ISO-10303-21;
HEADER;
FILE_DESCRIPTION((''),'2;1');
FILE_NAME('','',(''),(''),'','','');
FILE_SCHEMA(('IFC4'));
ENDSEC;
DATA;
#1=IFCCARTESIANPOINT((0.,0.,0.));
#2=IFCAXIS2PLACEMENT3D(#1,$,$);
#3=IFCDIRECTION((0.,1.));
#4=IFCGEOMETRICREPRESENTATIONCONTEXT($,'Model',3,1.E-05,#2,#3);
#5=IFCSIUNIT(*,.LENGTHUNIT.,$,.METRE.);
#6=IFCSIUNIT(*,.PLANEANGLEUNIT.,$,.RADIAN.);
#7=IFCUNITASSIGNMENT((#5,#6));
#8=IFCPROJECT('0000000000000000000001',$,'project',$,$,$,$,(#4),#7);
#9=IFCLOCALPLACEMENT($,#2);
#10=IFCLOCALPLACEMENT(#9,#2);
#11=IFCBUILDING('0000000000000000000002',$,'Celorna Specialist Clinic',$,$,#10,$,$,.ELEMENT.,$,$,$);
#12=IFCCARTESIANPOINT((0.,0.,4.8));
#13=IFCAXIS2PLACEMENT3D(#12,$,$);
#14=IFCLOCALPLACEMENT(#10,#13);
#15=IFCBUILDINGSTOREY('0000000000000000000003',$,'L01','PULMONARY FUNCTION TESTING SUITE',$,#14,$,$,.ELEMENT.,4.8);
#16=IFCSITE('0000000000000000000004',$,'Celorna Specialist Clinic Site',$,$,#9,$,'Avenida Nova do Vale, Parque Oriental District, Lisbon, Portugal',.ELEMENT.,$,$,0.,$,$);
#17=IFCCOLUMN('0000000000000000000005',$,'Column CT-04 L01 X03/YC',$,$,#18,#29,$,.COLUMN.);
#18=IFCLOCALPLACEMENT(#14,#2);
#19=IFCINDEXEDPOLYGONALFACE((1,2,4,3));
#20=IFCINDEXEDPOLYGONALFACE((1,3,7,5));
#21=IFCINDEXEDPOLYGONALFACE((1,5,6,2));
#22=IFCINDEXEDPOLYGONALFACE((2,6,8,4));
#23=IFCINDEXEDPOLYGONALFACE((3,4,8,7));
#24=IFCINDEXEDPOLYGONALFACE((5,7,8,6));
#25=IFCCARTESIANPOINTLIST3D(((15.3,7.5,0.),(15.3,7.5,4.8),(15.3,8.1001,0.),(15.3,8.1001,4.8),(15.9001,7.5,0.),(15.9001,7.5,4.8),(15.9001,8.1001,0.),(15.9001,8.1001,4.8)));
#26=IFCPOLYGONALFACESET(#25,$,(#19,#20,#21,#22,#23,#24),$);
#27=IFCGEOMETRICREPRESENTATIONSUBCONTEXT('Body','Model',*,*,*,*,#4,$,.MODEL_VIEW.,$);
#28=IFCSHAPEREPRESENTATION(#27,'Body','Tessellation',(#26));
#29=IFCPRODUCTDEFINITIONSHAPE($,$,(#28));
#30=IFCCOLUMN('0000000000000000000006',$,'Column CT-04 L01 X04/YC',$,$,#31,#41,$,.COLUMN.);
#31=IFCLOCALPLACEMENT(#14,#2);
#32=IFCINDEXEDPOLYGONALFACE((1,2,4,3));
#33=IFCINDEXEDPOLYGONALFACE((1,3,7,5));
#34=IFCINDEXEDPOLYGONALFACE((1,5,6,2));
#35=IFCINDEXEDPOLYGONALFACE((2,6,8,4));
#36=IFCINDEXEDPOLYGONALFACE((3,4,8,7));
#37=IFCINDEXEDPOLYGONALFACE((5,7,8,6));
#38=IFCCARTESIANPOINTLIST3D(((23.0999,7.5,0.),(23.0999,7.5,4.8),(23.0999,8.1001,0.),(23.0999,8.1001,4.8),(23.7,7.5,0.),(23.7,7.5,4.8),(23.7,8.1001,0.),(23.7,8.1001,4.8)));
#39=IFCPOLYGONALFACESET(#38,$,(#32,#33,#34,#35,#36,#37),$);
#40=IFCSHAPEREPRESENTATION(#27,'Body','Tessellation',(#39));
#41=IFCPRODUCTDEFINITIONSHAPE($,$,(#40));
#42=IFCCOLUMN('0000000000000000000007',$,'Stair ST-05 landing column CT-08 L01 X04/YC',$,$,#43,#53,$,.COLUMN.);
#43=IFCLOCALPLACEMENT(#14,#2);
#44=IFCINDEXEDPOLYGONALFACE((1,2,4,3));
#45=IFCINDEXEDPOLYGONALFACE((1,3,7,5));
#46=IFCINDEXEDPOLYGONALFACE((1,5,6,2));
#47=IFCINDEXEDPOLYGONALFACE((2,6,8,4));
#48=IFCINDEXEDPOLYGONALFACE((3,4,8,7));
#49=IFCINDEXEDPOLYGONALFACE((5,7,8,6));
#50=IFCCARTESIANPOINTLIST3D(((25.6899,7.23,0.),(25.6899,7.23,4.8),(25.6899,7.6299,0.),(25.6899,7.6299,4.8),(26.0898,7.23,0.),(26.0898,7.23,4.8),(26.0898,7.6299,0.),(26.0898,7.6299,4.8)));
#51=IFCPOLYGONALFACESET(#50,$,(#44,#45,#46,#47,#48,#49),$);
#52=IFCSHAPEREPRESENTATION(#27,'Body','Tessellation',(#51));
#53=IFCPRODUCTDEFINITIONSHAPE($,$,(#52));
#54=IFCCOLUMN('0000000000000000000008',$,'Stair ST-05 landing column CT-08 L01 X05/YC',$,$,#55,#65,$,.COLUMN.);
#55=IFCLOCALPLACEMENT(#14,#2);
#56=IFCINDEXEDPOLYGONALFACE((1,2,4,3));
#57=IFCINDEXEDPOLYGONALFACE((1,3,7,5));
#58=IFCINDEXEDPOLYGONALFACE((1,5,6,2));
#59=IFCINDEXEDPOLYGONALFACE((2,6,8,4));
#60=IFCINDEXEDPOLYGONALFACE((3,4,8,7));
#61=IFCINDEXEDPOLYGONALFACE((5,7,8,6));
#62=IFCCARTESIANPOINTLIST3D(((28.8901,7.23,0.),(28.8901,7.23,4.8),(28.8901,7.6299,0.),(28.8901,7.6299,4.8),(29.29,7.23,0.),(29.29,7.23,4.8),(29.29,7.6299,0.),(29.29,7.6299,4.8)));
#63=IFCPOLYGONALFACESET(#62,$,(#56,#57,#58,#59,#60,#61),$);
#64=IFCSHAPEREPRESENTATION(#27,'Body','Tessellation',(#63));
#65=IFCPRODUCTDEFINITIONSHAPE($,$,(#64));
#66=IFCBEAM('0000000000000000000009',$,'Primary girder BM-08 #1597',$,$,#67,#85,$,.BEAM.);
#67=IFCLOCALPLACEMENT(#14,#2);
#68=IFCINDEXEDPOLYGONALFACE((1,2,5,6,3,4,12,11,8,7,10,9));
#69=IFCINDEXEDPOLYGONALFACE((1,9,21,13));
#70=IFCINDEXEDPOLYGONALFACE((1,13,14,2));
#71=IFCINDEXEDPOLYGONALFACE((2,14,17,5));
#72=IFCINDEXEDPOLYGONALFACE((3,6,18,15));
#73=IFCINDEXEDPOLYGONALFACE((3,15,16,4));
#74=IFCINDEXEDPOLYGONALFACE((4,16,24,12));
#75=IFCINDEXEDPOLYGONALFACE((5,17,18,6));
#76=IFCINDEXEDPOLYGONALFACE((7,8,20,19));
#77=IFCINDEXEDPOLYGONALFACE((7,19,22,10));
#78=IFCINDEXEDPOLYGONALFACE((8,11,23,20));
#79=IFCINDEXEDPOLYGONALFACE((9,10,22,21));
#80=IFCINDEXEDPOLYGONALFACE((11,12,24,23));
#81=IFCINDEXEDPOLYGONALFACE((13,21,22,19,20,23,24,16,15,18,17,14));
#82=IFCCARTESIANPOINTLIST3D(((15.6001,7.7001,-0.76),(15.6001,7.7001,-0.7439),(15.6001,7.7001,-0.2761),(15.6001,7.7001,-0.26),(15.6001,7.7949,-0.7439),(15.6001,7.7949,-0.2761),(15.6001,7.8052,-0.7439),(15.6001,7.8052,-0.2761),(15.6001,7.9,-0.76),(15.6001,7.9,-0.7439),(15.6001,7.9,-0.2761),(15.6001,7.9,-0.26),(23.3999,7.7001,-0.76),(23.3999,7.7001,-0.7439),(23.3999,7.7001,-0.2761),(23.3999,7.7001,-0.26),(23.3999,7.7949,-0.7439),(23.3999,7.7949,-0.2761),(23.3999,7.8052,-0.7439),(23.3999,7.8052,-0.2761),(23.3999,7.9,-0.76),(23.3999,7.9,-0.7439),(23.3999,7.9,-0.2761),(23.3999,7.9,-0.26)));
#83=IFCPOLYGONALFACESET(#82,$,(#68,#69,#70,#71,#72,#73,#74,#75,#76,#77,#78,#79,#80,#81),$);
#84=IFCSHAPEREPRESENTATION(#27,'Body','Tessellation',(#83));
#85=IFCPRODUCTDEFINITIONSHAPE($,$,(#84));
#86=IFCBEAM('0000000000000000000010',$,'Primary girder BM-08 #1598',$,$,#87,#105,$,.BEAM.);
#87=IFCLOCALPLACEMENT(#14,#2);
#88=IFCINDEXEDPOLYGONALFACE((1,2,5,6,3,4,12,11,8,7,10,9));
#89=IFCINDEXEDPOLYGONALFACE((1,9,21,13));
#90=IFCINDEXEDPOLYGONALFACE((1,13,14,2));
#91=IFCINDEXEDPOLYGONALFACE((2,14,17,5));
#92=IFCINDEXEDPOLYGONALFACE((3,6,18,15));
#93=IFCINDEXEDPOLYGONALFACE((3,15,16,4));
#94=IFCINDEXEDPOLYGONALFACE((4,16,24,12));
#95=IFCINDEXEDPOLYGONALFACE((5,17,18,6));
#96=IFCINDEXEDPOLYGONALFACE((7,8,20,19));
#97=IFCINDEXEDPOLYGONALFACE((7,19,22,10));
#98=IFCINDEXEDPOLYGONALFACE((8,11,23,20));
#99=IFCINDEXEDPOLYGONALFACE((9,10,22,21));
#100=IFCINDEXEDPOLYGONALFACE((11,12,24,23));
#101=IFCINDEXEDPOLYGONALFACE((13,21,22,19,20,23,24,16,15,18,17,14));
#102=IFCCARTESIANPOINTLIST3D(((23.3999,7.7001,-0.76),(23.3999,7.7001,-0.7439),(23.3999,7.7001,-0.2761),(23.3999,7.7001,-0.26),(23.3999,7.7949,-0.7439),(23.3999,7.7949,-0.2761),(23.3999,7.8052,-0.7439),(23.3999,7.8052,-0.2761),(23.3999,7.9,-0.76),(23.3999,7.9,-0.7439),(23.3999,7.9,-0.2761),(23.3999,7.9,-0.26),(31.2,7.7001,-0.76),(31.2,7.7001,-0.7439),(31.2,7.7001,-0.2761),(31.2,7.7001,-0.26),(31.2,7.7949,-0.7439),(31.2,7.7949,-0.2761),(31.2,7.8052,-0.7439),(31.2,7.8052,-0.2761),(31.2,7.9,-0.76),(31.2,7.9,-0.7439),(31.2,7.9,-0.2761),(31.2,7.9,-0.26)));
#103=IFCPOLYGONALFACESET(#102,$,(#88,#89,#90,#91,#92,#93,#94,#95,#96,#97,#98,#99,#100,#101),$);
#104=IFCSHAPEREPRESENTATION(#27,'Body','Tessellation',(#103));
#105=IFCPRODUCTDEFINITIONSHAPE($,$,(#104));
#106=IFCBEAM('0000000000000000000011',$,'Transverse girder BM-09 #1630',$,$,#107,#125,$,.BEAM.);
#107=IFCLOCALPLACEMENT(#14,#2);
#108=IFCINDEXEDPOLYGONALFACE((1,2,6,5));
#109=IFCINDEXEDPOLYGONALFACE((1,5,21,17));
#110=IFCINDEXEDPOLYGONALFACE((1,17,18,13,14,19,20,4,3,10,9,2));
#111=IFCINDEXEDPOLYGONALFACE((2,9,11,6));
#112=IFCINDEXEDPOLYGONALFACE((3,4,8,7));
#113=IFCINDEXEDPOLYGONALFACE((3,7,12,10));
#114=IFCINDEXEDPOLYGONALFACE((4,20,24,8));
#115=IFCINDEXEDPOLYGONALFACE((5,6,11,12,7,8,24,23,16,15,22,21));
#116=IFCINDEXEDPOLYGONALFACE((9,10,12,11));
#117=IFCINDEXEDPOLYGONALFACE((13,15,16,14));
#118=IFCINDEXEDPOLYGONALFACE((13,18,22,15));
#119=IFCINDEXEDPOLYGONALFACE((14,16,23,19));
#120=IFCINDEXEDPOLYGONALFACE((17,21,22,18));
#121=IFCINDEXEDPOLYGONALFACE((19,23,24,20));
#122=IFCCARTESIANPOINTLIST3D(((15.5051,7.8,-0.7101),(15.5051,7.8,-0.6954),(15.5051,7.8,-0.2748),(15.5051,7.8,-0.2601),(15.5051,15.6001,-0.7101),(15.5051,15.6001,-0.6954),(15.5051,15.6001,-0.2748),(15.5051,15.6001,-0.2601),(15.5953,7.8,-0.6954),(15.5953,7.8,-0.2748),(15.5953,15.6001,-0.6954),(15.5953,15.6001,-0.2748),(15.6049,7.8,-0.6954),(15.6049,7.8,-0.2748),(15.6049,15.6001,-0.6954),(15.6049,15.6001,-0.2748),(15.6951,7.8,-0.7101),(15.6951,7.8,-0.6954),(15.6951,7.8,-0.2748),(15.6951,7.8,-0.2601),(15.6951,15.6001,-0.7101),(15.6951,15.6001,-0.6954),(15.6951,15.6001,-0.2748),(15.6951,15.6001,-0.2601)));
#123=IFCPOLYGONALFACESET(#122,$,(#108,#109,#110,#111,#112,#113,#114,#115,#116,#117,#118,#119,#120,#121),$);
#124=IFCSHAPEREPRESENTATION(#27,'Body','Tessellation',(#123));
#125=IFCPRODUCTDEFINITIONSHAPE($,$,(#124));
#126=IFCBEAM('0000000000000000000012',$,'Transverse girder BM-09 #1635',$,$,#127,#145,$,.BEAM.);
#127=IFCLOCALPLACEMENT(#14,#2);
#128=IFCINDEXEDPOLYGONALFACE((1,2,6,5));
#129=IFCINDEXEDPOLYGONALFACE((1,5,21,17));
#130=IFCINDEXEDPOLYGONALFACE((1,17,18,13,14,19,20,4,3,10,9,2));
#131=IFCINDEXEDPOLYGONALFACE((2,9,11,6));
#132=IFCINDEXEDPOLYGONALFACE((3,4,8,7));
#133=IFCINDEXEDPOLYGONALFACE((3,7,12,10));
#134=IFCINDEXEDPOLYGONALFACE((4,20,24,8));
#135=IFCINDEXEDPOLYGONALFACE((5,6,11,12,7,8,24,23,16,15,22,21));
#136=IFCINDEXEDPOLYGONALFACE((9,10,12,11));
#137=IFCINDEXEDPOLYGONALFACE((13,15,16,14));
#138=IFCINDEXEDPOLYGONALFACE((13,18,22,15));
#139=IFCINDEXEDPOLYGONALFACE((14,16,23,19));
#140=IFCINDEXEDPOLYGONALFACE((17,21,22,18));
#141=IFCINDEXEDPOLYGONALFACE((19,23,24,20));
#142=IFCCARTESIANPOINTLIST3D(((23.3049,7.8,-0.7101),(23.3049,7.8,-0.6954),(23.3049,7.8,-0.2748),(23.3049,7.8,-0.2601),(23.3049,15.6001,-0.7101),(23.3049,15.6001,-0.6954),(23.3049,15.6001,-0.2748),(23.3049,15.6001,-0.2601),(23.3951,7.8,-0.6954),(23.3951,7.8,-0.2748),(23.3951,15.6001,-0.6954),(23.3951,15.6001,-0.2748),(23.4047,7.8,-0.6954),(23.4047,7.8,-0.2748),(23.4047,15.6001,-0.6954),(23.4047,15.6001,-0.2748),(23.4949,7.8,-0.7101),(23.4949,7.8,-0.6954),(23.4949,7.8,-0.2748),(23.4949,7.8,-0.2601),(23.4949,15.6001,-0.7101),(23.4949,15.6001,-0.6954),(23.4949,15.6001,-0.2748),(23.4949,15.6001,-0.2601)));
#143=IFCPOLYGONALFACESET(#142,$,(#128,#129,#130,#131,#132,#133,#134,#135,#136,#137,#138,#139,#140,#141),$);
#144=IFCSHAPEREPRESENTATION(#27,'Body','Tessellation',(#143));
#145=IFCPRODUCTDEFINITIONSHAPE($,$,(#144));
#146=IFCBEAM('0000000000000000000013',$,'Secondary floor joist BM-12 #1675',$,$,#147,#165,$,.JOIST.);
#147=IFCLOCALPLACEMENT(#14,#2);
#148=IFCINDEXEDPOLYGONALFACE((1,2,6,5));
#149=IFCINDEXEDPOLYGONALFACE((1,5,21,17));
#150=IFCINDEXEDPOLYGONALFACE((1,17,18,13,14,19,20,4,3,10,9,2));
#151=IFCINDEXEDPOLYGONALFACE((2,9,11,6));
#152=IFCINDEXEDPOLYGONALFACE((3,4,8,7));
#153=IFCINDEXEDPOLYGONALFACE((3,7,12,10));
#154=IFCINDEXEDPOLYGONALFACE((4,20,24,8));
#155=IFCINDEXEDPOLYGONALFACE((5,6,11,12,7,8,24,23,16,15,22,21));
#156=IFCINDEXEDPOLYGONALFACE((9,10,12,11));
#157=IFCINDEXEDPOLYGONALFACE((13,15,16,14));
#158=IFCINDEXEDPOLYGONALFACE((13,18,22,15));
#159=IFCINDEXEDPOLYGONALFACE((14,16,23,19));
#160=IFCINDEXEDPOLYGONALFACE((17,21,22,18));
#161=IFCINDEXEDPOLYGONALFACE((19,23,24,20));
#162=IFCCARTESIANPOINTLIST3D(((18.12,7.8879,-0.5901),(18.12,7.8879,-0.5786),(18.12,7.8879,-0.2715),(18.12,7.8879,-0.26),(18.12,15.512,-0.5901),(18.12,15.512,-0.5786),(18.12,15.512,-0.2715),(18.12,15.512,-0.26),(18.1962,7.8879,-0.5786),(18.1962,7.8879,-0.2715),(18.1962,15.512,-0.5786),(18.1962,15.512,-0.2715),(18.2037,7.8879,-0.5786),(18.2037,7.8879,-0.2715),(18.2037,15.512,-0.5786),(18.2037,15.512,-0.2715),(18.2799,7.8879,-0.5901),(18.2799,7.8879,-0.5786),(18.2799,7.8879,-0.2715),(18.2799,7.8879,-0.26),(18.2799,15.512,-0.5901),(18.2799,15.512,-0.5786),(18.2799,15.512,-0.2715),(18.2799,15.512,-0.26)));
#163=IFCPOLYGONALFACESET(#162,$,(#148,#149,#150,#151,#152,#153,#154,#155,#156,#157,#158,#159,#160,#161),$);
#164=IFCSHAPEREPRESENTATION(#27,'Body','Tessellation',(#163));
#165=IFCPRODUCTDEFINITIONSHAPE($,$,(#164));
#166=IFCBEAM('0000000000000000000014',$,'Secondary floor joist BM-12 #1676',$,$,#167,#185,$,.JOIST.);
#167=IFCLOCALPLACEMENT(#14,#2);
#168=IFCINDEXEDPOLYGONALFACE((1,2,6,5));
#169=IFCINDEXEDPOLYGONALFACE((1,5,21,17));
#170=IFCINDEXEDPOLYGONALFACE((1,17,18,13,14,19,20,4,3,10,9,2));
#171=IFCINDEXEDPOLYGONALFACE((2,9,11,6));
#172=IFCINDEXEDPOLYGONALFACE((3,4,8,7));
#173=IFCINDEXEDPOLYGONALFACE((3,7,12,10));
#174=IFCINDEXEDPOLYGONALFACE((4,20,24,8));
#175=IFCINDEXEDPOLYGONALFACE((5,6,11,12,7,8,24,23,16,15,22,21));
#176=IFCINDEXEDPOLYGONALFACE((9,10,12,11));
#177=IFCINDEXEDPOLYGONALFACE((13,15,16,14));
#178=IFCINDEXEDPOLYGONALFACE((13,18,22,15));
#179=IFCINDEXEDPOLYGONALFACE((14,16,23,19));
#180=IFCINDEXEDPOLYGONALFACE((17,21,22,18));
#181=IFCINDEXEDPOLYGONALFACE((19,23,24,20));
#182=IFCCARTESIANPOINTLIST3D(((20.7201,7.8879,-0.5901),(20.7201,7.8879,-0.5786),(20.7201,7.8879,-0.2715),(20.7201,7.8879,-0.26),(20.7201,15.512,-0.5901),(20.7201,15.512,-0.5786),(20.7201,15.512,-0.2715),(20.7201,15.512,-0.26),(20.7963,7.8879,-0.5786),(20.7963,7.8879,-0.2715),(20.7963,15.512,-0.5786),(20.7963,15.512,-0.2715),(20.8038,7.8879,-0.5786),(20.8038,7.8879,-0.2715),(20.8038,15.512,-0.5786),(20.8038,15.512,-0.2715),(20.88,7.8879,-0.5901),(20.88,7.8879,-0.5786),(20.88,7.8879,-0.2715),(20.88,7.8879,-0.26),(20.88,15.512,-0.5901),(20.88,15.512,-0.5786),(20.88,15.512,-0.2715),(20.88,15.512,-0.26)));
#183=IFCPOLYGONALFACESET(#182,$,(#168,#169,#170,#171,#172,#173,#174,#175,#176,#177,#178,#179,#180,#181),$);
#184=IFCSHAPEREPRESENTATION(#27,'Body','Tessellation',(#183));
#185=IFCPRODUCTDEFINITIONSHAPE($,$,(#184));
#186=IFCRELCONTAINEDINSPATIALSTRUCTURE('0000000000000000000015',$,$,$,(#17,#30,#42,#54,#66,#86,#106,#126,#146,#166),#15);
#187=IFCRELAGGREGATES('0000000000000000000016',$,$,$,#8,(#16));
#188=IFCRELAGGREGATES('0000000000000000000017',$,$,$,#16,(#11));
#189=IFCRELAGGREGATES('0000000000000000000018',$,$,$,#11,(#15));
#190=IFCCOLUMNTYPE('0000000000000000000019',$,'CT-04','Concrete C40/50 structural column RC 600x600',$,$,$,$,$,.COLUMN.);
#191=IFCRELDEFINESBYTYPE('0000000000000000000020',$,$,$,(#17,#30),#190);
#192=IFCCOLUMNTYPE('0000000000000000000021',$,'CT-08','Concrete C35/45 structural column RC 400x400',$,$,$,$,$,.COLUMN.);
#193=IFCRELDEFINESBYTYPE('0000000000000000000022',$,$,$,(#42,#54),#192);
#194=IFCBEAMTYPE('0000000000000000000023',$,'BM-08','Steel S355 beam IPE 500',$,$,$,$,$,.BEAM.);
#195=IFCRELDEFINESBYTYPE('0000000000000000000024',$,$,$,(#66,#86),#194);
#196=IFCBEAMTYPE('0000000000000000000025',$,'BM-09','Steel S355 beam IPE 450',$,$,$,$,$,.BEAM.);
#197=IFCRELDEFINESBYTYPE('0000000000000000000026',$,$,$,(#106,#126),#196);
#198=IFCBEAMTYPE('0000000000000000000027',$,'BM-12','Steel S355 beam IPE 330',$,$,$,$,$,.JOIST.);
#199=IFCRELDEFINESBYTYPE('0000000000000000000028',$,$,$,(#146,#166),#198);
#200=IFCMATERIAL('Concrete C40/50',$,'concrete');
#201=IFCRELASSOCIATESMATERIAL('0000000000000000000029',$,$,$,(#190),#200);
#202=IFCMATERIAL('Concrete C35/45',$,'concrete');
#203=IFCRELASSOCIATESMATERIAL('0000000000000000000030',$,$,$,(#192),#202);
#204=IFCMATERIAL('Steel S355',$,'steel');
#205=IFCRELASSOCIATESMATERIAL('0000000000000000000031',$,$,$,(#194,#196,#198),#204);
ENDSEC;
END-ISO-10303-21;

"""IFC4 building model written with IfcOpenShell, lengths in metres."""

from ifc_helpers import new_model, si_unit, direction, frame, origin, origin_2d, place, context, subcontext, project, spatial, rectangle, i_section, extrude, material, material_profile, profile_set, type_object, element, save


model = new_model("IFC4")

# Units and contexts
model_context = context("Model", 3, precision=1e-05, world=origin(), true_north=direction((0.0, 1.0)))
body_context = subcontext(model_context, "Body", "Model", "MODEL_VIEW")
ifc_project = project(units=[si_unit("LENGTHUNIT", "METRE"), si_unit("PLANEANGLEUNIT", "RADIAN")], contexts=[model_context])

# Site, building, storey
site_placement = place(None, origin())
site = spatial("IfcSite", under=ifc_project, at=site_placement, Name="Celorna Specialist Clinic Site", LongName="Avenida Nova do Vale, Parque Oriental District, Lisbon, Portugal", CompositionType="ELEMENT", RefElevation=0.0)
building_placement = place(site_placement, origin())
building = spatial("IfcBuilding", under=site, at=building_placement, Name="Celorna Specialist Clinic", CompositionType="ELEMENT")
storey_placement = place(building_placement, frame((0.0, 0.0, 4.8)))
storey = spatial("IfcBuildingStorey", under=building, at=storey_placement, Name="L01", Description="PULMONARY FUNCTION TESTING SUITE", CompositionType="ELEMENT", Elevation=4.8)

# Columns
ifc_material_1 = material(Name="Concrete C40/50", Category="concrete")
ifc_material_profile_1 = material_profile(ifc_material_1, rectangle(XDim=0.6001, YDim=0.6001, at=origin_2d()), Name="RC 600x600")
ifc_profile_set_1 = profile_set([ifc_material_profile_1], Name="Concrete C40/50")
column_type_1 = type_object("IfcColumnType", Name="CT-04", Description="Concrete C40/50 structural column RC 600x600", PredefinedType="COLUMN", material=ifc_profile_set_1)
for number, where, z_axis, x_axis, name in (
    (1, (15.6001, 7.8, 0.0), (0.0, 0.0, 1.0), (1.0, 0.0, 0.0), "Column CT-04 L01 X03/YC"),
    (2, (23.3999, 7.8, 0.0), (0.0, 0.0, 1.0), (1.0, 0.0, 0.0), "Column CT-04 L01 X04/YC"),
):
    element("IfcColumn", number, at=place(storey_placement, frame(where, z_axis=z_axis, x_axis=x_axis)), inside=storey, type_object=column_type_1, Name=name, PredefinedType="COLUMN", context=body_context, shape_type="SweptSolid", body=[
        extrude(rectangle(XDim=0.6001, YDim=0.6001, at=origin_2d()), origin(), (0.0, 0.0, 1.0), 4.8),
    ])
ifc_material_2 = material(Name="Concrete C35/45", Category="concrete")
ifc_material_profile_2 = material_profile(ifc_material_2, rectangle(XDim=0.3999, YDim=0.3999, at=origin_2d()), Name="RC 400x400")
ifc_profile_set_2 = profile_set([ifc_material_profile_2], Name="Concrete C35/45")
column_type_2 = type_object("IfcColumnType", Name="CT-08", Description="Concrete C35/45 structural column RC 400x400", PredefinedType="COLUMN", material=ifc_profile_set_2)
for number, where, z_axis, x_axis, name in (
    (3, (25.8899, 7.4299, 0.0), (0.0, 0.0, 1.0), (1.0, 0.0, 0.0), "Stair ST-05 landing column CT-08 L01 X04/YC"),
    (4, (29.0901, 7.4299, 0.0), (0.0, 0.0, 1.0), (1.0, 0.0, 0.0), "Stair ST-05 landing column CT-08 L01 X05/YC"),
):
    element("IfcColumn", number, at=place(storey_placement, frame(where, z_axis=z_axis, x_axis=x_axis)), inside=storey, type_object=column_type_2, Name=name, PredefinedType="COLUMN", context=body_context, shape_type="SweptSolid", body=[
        extrude(rectangle(XDim=0.3999, YDim=0.3999, at=origin_2d()), origin(), (0.0, 0.0, 1.0), 4.8),
    ])

# Beams
ifc_material_3 = material(Name="Steel S355", Category="steel")
ifc_material_profile_3 = material_profile(ifc_material_3, i_section(OverallWidth=0.2, OverallDepth=0.5, WebThickness=0.0103, FlangeThickness=0.0161, at=origin_2d()), Name="IPE 500")
ifc_profile_set_3 = profile_set([ifc_material_profile_3], Name="Steel S355")
beam_type_1 = type_object("IfcBeamType", Name="BM-08", Description="Steel S355 beam IPE 500", PredefinedType="BEAM", material=ifc_profile_set_3)
beam_1_placement = place(storey_placement, frame((15.6001, 7.8, -0.51), z_axis=(1.0, 0.0, 0.0), x_axis=(0.0, 1.0, 0.0)))
element("IfcBeam", 5, at=beam_1_placement, inside=storey, type_object=beam_type_1, Name="Primary girder BM-08 #1597", PredefinedType="BEAM", context=body_context, shape_type="SweptSolid", body=[
    extrude(i_section(OverallWidth=0.2, OverallDepth=0.5, WebThickness=0.0103, FlangeThickness=0.0161, at=origin_2d()), origin(), (0.0, 0.0, 1.0), 7.7998),
])
beam_2_placement = place(storey_placement, frame((23.3999, 7.8, -0.51), z_axis=(1.0, 0.0, 0.0), x_axis=(0.0, 1.0, 0.0)))
element("IfcBeam", 6, at=beam_2_placement, inside=storey, type_object=beam_type_1, Name="Primary girder BM-08 #1598", PredefinedType="BEAM", context=body_context, shape_type="SweptSolid", body=[
    extrude(i_section(OverallWidth=0.2, OverallDepth=0.5, WebThickness=0.0103, FlangeThickness=0.0161, at=origin_2d()), origin(), (0.0, 0.0, 1.0), 7.8),
])
ifc_material_profile_4 = material_profile(ifc_material_3, i_section(OverallWidth=0.1899, OverallDepth=0.45, WebThickness=0.0095, FlangeThickness=0.0146, at=origin_2d()), Name="IPE 450")
ifc_profile_set_4 = profile_set([ifc_material_profile_4], Name="Steel S355")
beam_type_2 = type_object("IfcBeamType", Name="BM-09", Description="Steel S355 beam IPE 450", PredefinedType="BEAM", material=ifc_profile_set_4)
for number, where, z_axis, x_axis, name in (
    (7, (15.6001, 7.8, -0.4851), (0.0, 1.0, 0.0), (-1.0, 0.0, 0.0), "Transverse girder BM-09 #1630"),
    (8, (23.3999, 7.8, -0.4851), (0.0, 1.0, 0.0), (-1.0, 0.0, 0.0), "Transverse girder BM-09 #1635"),
):
    element("IfcBeam", number, at=place(storey_placement, frame(where, z_axis=z_axis, x_axis=x_axis)), inside=storey, type_object=beam_type_2, Name=name, PredefinedType="BEAM", context=body_context, shape_type="SweptSolid", body=[
        extrude(i_section(OverallWidth=0.1899, OverallDepth=0.45, WebThickness=0.0095, FlangeThickness=0.0146, at=origin_2d()), origin(), (0.0, 0.0, 1.0), 7.8),
    ])
ifc_material_profile_5 = material_profile(ifc_material_3, i_section(OverallWidth=0.1599, OverallDepth=0.3301, WebThickness=0.0076, FlangeThickness=0.0115, at=origin_2d()), Name="IPE 330")
ifc_profile_set_5 = profile_set([ifc_material_profile_5], Name="Steel S355")
beam_type_3 = type_object("IfcBeamType", Name="BM-12", Description="Steel S355 beam IPE 330", PredefinedType="JOIST", material=ifc_profile_set_5)
for number, where, z_axis, x_axis, name in (
    (9, (18.2, 7.8879, -0.425), (0.0, 1.0, 0.0), (-1.0, 0.0, 0.0), "Secondary floor joist BM-12 #1675"),
    (10, (20.8, 7.8879, -0.425), (0.0, 1.0, 0.0), (-1.0, 0.0, 0.0), "Secondary floor joist BM-12 #1676"),
):
    element("IfcBeam", number, at=place(storey_placement, frame(where, z_axis=z_axis, x_axis=x_axis)), inside=storey, type_object=beam_type_3, Name=name, PredefinedType="JOIST", context=body_context, shape_type="SweptSolid", body=[
        extrude(i_section(OverallWidth=0.1599, OverallDepth=0.3301, WebThickness=0.0076, FlangeThickness=0.0115, at=origin_2d()), origin(), (0.0, 0.0, 1.0), 7.624),
    ])

save(model, "model.ifc")
